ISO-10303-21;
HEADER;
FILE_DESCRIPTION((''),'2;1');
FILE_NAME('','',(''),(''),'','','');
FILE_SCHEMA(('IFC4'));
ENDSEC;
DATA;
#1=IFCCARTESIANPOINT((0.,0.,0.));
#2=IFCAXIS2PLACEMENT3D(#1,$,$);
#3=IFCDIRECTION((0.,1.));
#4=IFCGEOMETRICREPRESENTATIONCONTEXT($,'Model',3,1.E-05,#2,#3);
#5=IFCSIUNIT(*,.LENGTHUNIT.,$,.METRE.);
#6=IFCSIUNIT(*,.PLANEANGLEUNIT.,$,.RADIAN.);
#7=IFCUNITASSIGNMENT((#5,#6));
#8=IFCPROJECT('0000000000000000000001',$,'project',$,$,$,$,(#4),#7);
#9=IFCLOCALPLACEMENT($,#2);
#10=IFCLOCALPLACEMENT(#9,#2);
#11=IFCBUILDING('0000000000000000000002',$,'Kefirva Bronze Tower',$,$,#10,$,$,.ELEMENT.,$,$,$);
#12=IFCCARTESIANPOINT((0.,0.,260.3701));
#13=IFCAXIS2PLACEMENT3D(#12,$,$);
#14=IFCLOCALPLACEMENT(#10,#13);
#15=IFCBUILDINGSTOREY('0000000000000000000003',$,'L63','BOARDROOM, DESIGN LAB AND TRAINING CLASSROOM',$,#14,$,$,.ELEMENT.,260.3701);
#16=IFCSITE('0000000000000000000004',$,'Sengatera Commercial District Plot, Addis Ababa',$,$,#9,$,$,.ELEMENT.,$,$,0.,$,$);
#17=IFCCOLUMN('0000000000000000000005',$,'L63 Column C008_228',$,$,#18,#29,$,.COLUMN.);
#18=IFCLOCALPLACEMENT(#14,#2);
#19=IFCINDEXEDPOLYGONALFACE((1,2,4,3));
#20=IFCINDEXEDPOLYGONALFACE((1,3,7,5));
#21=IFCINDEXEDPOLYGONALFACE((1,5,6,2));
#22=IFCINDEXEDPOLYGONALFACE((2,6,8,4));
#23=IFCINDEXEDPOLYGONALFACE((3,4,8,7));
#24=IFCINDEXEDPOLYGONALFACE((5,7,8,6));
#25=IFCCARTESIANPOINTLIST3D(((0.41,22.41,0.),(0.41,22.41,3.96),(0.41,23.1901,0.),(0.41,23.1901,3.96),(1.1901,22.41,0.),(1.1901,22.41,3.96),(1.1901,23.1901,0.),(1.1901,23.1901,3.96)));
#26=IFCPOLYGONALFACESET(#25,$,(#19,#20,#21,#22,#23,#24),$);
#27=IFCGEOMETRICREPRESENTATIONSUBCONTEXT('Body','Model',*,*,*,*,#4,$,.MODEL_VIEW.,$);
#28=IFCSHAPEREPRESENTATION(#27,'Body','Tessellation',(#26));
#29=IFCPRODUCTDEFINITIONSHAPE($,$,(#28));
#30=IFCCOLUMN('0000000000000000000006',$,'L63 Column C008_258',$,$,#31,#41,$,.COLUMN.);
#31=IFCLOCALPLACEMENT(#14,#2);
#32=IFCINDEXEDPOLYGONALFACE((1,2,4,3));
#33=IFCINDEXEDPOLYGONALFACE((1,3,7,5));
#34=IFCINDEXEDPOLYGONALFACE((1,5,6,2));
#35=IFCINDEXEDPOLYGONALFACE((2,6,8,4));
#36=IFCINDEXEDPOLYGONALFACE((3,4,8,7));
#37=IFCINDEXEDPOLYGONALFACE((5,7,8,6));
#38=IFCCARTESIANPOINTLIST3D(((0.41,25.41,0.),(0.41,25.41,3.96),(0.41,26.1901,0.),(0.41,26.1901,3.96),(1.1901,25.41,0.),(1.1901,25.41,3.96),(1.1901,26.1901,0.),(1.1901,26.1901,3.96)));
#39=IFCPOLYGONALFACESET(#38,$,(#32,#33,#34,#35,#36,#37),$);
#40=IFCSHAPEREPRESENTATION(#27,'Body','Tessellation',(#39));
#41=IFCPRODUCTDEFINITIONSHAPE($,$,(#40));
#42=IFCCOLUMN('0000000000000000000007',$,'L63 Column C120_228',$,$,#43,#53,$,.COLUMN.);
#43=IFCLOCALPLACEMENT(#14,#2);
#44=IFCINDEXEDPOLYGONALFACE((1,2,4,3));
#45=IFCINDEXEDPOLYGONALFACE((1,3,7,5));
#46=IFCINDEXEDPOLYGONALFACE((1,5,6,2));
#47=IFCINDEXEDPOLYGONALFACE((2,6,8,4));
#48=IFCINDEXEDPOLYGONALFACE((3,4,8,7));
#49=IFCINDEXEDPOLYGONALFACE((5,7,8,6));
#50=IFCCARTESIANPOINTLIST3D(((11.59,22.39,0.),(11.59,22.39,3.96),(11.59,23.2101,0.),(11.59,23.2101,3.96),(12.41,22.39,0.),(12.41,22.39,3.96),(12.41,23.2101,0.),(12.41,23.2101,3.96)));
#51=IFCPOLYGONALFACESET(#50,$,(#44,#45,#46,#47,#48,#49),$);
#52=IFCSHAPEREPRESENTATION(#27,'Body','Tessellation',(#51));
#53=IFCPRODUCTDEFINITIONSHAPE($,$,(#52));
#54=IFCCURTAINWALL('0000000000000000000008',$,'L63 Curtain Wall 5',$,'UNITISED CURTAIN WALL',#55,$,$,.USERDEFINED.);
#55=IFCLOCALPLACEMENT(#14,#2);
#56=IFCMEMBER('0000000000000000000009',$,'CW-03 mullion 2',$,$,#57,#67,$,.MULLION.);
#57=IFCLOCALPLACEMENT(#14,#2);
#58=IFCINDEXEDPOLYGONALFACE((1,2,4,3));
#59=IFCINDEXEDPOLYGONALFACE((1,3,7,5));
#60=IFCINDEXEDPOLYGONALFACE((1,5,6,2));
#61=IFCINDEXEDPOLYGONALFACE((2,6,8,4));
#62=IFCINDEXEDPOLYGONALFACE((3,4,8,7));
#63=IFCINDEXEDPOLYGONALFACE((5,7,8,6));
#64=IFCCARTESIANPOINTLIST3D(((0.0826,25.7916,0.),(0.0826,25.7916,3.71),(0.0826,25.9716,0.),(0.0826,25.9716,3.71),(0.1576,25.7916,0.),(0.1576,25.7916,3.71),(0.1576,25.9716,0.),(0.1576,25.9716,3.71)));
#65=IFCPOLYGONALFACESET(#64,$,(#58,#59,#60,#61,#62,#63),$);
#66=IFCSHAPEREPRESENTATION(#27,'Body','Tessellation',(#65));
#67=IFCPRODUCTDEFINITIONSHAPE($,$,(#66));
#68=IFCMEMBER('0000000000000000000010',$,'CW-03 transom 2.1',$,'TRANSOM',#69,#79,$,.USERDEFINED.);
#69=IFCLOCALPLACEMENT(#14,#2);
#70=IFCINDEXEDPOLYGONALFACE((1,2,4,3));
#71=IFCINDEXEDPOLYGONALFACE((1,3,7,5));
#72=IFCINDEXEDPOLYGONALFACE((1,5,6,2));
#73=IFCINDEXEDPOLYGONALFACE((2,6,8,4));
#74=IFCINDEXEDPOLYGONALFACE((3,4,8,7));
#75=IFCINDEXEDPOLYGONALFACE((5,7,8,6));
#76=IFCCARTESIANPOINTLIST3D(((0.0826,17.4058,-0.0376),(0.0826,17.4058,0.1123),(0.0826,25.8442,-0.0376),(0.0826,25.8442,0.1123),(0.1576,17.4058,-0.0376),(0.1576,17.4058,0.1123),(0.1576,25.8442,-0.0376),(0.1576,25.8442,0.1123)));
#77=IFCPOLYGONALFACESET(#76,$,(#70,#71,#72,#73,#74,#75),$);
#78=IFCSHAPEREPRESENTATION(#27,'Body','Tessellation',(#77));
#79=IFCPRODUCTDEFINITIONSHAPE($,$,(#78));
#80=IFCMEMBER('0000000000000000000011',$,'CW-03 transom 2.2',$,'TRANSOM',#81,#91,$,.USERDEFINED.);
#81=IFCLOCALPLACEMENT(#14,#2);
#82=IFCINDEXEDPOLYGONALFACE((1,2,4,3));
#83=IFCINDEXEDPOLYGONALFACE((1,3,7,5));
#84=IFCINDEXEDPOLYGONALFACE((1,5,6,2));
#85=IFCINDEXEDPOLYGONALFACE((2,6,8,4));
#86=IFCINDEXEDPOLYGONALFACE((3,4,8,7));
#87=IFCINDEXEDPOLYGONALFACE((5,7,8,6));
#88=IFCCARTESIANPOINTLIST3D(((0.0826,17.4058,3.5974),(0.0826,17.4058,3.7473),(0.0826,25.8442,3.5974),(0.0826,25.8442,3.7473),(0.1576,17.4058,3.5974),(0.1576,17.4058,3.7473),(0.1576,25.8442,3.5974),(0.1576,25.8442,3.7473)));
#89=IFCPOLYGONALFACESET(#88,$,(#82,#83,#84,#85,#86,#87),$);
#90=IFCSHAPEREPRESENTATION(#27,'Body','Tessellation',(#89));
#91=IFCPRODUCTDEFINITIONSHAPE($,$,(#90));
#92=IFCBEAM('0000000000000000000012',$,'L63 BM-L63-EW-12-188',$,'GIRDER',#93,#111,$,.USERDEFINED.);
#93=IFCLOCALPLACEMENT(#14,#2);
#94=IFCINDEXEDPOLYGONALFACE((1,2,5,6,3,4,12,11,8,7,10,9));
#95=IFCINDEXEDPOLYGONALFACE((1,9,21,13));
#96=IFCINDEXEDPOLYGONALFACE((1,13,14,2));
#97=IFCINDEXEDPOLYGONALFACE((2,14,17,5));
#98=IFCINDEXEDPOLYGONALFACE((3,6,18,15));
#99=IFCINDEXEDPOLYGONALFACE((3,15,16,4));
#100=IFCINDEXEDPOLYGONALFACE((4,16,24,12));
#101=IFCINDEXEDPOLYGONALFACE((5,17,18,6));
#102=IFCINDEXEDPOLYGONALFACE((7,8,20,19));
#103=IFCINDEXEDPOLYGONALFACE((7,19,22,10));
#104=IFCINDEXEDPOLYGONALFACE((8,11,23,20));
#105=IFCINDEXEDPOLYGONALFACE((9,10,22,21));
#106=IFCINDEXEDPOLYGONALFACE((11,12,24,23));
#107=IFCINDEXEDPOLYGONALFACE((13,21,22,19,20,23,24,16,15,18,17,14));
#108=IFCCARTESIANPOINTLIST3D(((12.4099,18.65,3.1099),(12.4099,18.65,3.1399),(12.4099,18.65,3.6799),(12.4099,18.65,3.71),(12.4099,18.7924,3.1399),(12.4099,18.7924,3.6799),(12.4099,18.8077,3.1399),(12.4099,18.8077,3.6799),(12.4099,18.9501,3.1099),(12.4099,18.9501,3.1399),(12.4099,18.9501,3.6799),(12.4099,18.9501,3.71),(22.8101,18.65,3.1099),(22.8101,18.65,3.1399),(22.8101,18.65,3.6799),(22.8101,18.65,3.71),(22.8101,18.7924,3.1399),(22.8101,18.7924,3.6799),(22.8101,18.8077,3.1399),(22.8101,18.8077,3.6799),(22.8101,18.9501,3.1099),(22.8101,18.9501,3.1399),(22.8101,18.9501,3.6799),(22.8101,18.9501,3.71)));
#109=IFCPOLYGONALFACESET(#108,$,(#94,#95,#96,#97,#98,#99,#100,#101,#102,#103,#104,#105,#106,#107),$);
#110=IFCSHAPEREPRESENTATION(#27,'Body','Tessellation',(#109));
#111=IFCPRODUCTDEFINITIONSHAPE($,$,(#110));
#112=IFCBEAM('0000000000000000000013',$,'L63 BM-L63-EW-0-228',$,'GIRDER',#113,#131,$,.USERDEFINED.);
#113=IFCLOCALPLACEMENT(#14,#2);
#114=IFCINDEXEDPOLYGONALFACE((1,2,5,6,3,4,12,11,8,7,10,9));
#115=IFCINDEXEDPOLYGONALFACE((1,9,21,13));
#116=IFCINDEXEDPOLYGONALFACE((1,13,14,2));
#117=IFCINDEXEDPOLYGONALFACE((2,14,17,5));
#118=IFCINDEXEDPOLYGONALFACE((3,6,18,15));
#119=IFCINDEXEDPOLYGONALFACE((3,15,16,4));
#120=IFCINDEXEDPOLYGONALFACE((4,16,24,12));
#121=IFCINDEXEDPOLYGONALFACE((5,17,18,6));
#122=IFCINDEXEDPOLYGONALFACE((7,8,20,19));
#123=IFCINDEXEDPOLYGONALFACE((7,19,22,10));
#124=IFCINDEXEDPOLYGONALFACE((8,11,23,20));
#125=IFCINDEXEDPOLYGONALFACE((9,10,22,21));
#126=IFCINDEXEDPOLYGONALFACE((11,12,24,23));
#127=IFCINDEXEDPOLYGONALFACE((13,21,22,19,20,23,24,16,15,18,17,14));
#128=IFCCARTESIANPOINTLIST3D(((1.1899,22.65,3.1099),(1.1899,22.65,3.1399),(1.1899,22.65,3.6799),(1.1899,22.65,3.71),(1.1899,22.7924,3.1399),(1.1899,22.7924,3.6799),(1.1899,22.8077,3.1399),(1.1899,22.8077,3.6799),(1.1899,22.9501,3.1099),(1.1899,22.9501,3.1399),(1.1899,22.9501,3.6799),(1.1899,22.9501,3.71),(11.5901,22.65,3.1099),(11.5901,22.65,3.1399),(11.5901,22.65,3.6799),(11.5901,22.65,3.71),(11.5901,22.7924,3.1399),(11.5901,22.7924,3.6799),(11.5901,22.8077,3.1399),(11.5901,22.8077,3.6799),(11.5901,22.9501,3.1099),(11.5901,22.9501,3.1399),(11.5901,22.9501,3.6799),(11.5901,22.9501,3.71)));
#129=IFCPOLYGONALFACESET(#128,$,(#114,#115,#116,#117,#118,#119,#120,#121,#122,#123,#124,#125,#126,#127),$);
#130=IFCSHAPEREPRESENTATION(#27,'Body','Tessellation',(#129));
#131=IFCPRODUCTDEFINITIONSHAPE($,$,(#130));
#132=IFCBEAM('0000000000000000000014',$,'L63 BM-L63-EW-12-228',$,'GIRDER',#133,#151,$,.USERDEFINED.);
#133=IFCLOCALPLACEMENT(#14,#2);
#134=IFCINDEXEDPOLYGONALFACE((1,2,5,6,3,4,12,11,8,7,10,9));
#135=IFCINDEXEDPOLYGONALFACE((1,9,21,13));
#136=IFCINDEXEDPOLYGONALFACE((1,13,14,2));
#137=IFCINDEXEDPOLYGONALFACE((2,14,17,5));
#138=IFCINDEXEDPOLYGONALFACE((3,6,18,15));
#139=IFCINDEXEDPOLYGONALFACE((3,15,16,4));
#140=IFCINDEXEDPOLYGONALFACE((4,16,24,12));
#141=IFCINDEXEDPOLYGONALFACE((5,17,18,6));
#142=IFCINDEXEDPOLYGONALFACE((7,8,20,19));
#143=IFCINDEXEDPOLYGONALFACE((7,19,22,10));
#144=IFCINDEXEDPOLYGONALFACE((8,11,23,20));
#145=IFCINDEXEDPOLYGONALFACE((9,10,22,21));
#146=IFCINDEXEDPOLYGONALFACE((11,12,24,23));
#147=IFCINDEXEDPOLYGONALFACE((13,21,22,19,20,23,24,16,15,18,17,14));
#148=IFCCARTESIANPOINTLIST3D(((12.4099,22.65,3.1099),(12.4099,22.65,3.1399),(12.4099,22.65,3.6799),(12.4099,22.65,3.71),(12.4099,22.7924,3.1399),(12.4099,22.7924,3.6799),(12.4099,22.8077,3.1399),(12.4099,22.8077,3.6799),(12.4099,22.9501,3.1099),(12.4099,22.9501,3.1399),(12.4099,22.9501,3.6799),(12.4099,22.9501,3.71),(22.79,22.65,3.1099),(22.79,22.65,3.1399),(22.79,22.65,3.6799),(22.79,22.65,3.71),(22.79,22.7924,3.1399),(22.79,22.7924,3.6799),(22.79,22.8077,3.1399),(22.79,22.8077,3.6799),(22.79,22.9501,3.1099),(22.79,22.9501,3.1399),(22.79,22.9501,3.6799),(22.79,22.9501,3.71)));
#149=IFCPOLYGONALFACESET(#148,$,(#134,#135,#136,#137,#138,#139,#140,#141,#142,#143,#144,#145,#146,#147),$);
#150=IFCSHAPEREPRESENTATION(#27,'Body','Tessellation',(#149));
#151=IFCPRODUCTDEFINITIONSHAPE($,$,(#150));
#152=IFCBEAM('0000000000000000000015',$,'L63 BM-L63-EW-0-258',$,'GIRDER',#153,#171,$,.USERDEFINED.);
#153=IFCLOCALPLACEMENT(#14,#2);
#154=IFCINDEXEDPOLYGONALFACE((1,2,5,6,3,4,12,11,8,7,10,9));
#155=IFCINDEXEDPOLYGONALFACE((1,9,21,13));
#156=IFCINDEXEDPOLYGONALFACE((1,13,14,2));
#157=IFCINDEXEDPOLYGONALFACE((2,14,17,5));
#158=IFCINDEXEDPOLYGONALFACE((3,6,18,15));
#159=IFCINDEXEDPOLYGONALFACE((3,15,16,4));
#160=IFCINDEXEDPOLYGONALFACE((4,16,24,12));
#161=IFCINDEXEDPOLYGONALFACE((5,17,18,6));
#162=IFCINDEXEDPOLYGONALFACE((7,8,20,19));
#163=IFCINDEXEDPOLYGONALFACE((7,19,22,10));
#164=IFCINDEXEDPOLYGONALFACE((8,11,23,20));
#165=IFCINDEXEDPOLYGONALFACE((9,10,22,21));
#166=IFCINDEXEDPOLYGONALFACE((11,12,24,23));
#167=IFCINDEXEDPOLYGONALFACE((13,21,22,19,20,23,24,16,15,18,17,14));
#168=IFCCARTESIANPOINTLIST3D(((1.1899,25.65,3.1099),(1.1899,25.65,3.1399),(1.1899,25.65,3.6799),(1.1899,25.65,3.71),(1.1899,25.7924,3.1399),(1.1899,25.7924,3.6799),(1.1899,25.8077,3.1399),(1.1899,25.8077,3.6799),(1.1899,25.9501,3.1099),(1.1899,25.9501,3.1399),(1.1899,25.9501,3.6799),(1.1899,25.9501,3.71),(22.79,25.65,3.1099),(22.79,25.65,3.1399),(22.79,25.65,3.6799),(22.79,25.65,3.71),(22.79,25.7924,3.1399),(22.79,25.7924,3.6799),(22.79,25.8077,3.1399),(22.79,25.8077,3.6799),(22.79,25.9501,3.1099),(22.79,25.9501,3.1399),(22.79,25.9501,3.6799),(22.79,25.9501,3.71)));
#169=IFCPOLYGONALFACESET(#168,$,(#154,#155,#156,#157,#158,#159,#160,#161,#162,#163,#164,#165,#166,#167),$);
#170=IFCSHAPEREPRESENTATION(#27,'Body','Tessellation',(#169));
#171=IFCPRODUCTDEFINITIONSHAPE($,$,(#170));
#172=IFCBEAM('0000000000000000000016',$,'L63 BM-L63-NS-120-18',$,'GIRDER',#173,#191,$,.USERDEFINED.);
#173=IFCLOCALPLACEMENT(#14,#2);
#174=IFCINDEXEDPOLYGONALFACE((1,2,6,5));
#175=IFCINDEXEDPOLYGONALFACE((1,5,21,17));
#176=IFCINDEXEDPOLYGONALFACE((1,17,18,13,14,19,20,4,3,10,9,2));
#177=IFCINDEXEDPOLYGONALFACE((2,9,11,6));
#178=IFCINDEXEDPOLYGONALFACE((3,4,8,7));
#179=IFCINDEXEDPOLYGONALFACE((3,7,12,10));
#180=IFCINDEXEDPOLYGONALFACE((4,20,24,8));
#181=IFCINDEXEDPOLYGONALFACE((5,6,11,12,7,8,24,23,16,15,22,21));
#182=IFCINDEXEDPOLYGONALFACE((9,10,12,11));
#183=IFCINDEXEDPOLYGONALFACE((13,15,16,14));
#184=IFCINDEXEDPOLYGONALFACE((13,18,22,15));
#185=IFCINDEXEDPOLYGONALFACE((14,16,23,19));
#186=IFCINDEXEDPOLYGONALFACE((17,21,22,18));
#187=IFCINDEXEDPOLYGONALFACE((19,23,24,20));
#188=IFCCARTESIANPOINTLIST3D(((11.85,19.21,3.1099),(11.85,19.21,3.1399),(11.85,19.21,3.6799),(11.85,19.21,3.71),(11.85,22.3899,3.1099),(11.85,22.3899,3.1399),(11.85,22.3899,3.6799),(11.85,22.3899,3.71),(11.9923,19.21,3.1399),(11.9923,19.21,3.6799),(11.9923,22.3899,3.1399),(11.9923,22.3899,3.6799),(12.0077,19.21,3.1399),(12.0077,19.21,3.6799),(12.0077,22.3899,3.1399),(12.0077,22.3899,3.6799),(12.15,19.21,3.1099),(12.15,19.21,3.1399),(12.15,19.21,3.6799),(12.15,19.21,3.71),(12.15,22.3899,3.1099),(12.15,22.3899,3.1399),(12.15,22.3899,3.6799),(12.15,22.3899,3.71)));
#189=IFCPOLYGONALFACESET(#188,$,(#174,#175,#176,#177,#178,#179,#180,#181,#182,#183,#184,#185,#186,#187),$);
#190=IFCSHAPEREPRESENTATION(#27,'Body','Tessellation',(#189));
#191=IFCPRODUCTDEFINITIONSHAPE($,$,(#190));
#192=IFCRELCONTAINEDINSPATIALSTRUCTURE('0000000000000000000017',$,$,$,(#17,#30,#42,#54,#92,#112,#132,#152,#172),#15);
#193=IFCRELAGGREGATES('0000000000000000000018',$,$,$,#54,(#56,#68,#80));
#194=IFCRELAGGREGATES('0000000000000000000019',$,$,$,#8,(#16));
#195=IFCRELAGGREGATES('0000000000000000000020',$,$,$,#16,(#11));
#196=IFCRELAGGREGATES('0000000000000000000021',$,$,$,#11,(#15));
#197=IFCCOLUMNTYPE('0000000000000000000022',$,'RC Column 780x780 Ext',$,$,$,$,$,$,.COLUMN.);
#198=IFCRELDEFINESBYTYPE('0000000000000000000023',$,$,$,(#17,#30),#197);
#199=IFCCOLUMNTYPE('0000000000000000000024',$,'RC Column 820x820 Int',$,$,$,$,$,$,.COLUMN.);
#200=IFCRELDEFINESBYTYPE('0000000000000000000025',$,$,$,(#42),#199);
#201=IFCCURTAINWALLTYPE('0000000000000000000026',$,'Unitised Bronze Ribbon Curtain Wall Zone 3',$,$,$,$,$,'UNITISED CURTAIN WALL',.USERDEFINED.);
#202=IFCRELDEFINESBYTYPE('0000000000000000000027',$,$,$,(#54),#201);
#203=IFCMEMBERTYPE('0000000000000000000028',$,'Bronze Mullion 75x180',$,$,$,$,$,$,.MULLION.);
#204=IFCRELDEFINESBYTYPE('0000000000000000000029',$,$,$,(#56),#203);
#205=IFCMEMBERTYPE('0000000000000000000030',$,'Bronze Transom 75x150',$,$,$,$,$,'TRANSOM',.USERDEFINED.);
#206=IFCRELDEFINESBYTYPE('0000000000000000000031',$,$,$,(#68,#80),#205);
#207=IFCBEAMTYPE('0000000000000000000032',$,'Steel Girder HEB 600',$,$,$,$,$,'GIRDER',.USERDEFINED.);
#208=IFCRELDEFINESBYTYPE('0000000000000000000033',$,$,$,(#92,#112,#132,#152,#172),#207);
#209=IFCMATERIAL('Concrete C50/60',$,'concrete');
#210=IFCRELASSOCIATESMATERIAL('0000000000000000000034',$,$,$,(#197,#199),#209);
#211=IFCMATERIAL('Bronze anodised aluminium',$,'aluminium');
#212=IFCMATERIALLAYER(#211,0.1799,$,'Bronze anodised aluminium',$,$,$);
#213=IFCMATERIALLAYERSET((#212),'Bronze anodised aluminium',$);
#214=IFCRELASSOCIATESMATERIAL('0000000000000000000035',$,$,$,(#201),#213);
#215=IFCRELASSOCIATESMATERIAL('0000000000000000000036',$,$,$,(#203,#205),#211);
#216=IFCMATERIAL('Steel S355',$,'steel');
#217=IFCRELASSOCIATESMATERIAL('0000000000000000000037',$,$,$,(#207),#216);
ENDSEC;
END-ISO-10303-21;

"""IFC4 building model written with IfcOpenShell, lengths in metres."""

from ifc_helpers import new_model, si_unit, direction, frame, origin, origin_2d, place, context, subcontext, project, spatial, rectangle, i_section, extrude, material, layer, layer_set, material_profile, profile_set, type_object, element, aggregate, save


model = new_model("IFC4")

# Units and contexts
model_context = context("Model", 3, precision=1e-05, world=origin(), true_north=direction((0.0, 1.0)))
body_context = subcontext(model_context, "Body", "Model", "MODEL_VIEW")
ifc_project = project(units=[si_unit("LENGTHUNIT", "METRE"), si_unit("PLANEANGLEUNIT", "RADIAN")], contexts=[model_context])

# Site, building, storey
site_placement = place(None, origin())
site = spatial("IfcSite", under=ifc_project, at=site_placement, Name="Sengatera Commercial District Plot, Addis Ababa", CompositionType="ELEMENT", RefElevation=0.0)
building_placement = place(site_placement, origin())
building = spatial("IfcBuilding", under=site, at=building_placement, Name="Kefirva Bronze Tower", CompositionType="ELEMENT")
storey_placement = place(building_placement, frame((0.0, 0.0, 260.3701)))
storey = spatial("IfcBuildingStorey", under=building, at=storey_placement, Name="L63", Description="BOARDROOM, DESIGN LAB AND TRAINING CLASSROOM", CompositionType="ELEMENT", Elevation=260.3701)

# Columns
ifc_material_1 = material(Name="Concrete C50/60", Category="concrete")
ifc_material_profile_1 = material_profile(ifc_material_1, rectangle(XDim=0.78, YDim=0.78, at=origin_2d()), Name="RC 780x780")
ifc_profile_set_1 = profile_set([ifc_material_profile_1], Name="Concrete C50/60")
column_type_1 = type_object("IfcColumnType", Name="RC Column 780x780 Ext", PredefinedType="COLUMN", material=ifc_profile_set_1)
for number, where, z_axis, x_axis, name in (
    (1, (0.8, 22.8, 0.0), (0.0, 0.0, 1.0), (1.0, 0.0, 0.0), "L63 Column C008_228"),
    (2, (0.8, 25.8, 0.0), (0.0, 0.0, 1.0), (1.0, 0.0, 0.0), "L63 Column C008_258"),
):
    element("IfcColumn", number, at=place(storey_placement, frame(where, z_axis=z_axis, x_axis=x_axis)), inside=storey, type_object=column_type_1, Name=name, PredefinedType="COLUMN", context=body_context, shape_type="SweptSolid", body=[
        extrude(rectangle(XDim=0.78, YDim=0.78, at=origin_2d()), origin(), (0.0, 0.0, 1.0), 3.96),
    ])
ifc_material_profile_2 = material_profile(ifc_material_1, rectangle(XDim=0.8201, YDim=0.8201, at=origin_2d()), Name="RC 820x820")
ifc_profile_set_2 = profile_set([ifc_material_profile_2], Name="Concrete C50/60")
column_type_2 = type_object("IfcColumnType", Name="RC Column 820x820 Int", PredefinedType="COLUMN", material=ifc_profile_set_2)
column_placement = place(storey_placement, frame((12.0, 22.8, 0.0), z_axis=(0.0, 0.0, 1.0), x_axis=(1.0, 0.0, 0.0)))
element("IfcColumn", 3, at=column_placement, inside=storey, type_object=column_type_2, Name="L63 Column C120_228", PredefinedType="COLUMN", context=body_context, shape_type="SweptSolid", body=[
    extrude(rectangle(XDim=0.8201, YDim=0.8201, at=origin_2d()), origin(), (0.0, 0.0, 1.0), 3.96),
])

# Curtain wall, members
ifc_material_2 = material(Name="Bronze anodised aluminium", Category="aluminium")
ifc_layer_1 = layer(ifc_material_2, 0.1799, Name="Bronze anodised aluminium")
ifc_layer_set_1 = layer_set([ifc_layer_1], Name="Bronze anodised aluminium")
curtain_wall_type = type_object("IfcCurtainWallType", Name="Unitised Bronze Ribbon Curtain Wall Zone 3", ElementType="UNITISED CURTAIN WALL", PredefinedType="USERDEFINED", material=ifc_layer_set_1)
curtain_wall_placement = place(storey_placement, origin())
curtain_wall = element("IfcCurtainWall", 4, at=curtain_wall_placement, inside=storey, type_object=curtain_wall_type, Name="L63 Curtain Wall 5", ObjectType="UNITISED CURTAIN WALL", PredefinedType="USERDEFINED")
ifc_material_profile_3 = material_profile(ifc_material_2, rectangle(XDim=0.075, YDim=0.1799, at=origin_2d()), Name="ALU 75x180")
ifc_profile_set_3 = profile_set([ifc_material_profile_3], Name="Bronze anodised aluminium")
member_type_1 = type_object("IfcMemberType", Name="Bronze Mullion 75x180", PredefinedType="MULLION", material=ifc_profile_set_3)
member_1_placement = place(storey_placement, frame((0.1201, 25.8816, 0.0), z_axis=(0.0, 0.0, 1.0), x_axis=(1.0, 0.0, 0.0)))
member_1 = element("IfcMember", 5, at=member_1_placement, type_object=member_type_1, Name="CW-03 mullion 2", PredefinedType="MULLION", context=body_context, shape_type="SweptSolid", body=[
    extrude(rectangle(XDim=0.075, YDim=0.1799, at=origin_2d()), origin(), (0.0, 0.0, 1.0), 3.71),
])
ifc_material_profile_4 = material_profile(ifc_material_2, rectangle(XDim=0.075, YDim=0.1499, at=origin_2d()), Name="ALU 75x150")
ifc_profile_set_4 = profile_set([ifc_material_profile_4], Name="Bronze anodised aluminium")
member_type_2 = type_object("IfcMemberType", Name="Bronze Transom 75x150", ElementType="TRANSOM", PredefinedType="USERDEFINED", material=ifc_profile_set_4)
member_2_placement = place(storey_placement, frame((0.1201, 25.8442, 0.0374), z_axis=(0.0, -1.0, 0.0), x_axis=(1.0, 0.0, 0.0)))
member_2 = element("IfcMember", 6, at=member_2_placement, type_object=member_type_2, Name="CW-03 transom 2.1", ObjectType="TRANSOM", PredefinedType="USERDEFINED", context=body_context, shape_type="SweptSolid", body=[
    extrude(rectangle(XDim=0.075, YDim=0.1499, at=origin_2d()), origin(), (0.0, 0.0, 1.0), 8.4385),
])
member_3_placement = place(storey_placement, frame((0.1201, 25.8442, 3.6724), z_axis=(0.0, -1.0, 0.0), x_axis=(1.0, 0.0, 0.0)))
member_3 = element("IfcMember", 7, at=member_3_placement, type_object=member_type_2, Name="CW-03 transom 2.2", ObjectType="TRANSOM", PredefinedType="USERDEFINED", context=body_context, shape_type="SweptSolid", body=[
    extrude(rectangle(XDim=0.075, YDim=0.1499, at=origin_2d()), origin(), (0.0, 0.0, 1.0), 8.4385),
])

# Beams
ifc_material_3 = material(Name="Steel S355", Category="steel")
ifc_material_profile_5 = material_profile(ifc_material_3, i_section(OverallWidth=0.3, OverallDepth=0.6001, WebThickness=0.0154, FlangeThickness=0.03, at=origin_2d()), Name="HEB 600")
ifc_profile_set_5 = profile_set([ifc_material_profile_5], Name="Steel S355")
beam_type_1 = type_object("IfcBeamType", Name="Steel Girder HEB 600", ElementType="GIRDER", PredefinedType="USERDEFINED", material=ifc_profile_set_5)
for number, where, z_axis, x_axis, name in (
    (8, (12.4099, 18.8, 3.4099), (1.0, 0.0, 0.0), (0.0, 1.0, 0.0), "L63 BM-L63-EW-12-188"),
    (9, (1.1899, 22.8, 3.4099), (1.0, 0.0, 0.0), (0.0, 1.0, 0.0), "L63 BM-L63-EW-0-228"),
):
    element("IfcBeam", number, at=place(storey_placement, frame(where, z_axis=z_axis, x_axis=x_axis)), inside=storey, type_object=beam_type_1, Name=name, ObjectType="GIRDER", PredefinedType="USERDEFINED", context=body_context, shape_type="SweptSolid", body=[
        extrude(i_section(OverallWidth=0.3, OverallDepth=0.6001, WebThickness=0.0154, FlangeThickness=0.03, at=origin_2d()), origin(), (0.0, 0.0, 1.0), 10.4001),
    ])
beam_1_placement = place(storey_placement, frame((12.4099, 22.8, 3.4099), z_axis=(1.0, 0.0, 0.0), x_axis=(0.0, 1.0, 0.0)))
element("IfcBeam", 10, at=beam_1_placement, inside=storey, type_object=beam_type_1, Name="L63 BM-L63-EW-12-228", ObjectType="GIRDER", PredefinedType="USERDEFINED", context=body_context, shape_type="SweptSolid", body=[
    extrude(i_section(OverallWidth=0.3, OverallDepth=0.6001, WebThickness=0.0154, FlangeThickness=0.03, at=origin_2d()), origin(), (0.0, 0.0, 1.0), 10.3801),
])
beam_2_placement = place(storey_placement, frame((1.1899, 25.8, 3.4099), z_axis=(1.0, 0.0, 0.0), x_axis=(0.0, 1.0, 0.0)))
element("IfcBeam", 11, at=beam_2_placement, inside=storey, type_object=beam_type_1, Name="L63 BM-L63-EW-0-258", ObjectType="GIRDER", PredefinedType="USERDEFINED", context=body_context, shape_type="SweptSolid", body=[
    extrude(i_section(OverallWidth=0.3, OverallDepth=0.6001, WebThickness=0.0154, FlangeThickness=0.03, at=origin_2d()), origin(), (0.0, 0.0, 1.0), 21.6001),
])
beam_3_placement = place(storey_placement, frame((12.0, 19.21, 3.4099), z_axis=(0.0, 1.0, 0.0), x_axis=(-1.0, 0.0, 0.0)))
element("IfcBeam", 12, at=beam_3_placement, inside=storey, type_object=beam_type_1, Name="L63 BM-L63-NS-120-18", ObjectType="GIRDER", PredefinedType="USERDEFINED", context=body_context, shape_type="SweptSolid", body=[
    extrude(i_section(OverallWidth=0.3, OverallDepth=0.6001, WebThickness=0.0154, FlangeThickness=0.03, at=origin_2d()), origin(), (0.0, 0.0, 1.0), 3.1799),
])

aggregate(curtain_wall, [member_1, member_2, member_3])

save(model, "model.ifc")
